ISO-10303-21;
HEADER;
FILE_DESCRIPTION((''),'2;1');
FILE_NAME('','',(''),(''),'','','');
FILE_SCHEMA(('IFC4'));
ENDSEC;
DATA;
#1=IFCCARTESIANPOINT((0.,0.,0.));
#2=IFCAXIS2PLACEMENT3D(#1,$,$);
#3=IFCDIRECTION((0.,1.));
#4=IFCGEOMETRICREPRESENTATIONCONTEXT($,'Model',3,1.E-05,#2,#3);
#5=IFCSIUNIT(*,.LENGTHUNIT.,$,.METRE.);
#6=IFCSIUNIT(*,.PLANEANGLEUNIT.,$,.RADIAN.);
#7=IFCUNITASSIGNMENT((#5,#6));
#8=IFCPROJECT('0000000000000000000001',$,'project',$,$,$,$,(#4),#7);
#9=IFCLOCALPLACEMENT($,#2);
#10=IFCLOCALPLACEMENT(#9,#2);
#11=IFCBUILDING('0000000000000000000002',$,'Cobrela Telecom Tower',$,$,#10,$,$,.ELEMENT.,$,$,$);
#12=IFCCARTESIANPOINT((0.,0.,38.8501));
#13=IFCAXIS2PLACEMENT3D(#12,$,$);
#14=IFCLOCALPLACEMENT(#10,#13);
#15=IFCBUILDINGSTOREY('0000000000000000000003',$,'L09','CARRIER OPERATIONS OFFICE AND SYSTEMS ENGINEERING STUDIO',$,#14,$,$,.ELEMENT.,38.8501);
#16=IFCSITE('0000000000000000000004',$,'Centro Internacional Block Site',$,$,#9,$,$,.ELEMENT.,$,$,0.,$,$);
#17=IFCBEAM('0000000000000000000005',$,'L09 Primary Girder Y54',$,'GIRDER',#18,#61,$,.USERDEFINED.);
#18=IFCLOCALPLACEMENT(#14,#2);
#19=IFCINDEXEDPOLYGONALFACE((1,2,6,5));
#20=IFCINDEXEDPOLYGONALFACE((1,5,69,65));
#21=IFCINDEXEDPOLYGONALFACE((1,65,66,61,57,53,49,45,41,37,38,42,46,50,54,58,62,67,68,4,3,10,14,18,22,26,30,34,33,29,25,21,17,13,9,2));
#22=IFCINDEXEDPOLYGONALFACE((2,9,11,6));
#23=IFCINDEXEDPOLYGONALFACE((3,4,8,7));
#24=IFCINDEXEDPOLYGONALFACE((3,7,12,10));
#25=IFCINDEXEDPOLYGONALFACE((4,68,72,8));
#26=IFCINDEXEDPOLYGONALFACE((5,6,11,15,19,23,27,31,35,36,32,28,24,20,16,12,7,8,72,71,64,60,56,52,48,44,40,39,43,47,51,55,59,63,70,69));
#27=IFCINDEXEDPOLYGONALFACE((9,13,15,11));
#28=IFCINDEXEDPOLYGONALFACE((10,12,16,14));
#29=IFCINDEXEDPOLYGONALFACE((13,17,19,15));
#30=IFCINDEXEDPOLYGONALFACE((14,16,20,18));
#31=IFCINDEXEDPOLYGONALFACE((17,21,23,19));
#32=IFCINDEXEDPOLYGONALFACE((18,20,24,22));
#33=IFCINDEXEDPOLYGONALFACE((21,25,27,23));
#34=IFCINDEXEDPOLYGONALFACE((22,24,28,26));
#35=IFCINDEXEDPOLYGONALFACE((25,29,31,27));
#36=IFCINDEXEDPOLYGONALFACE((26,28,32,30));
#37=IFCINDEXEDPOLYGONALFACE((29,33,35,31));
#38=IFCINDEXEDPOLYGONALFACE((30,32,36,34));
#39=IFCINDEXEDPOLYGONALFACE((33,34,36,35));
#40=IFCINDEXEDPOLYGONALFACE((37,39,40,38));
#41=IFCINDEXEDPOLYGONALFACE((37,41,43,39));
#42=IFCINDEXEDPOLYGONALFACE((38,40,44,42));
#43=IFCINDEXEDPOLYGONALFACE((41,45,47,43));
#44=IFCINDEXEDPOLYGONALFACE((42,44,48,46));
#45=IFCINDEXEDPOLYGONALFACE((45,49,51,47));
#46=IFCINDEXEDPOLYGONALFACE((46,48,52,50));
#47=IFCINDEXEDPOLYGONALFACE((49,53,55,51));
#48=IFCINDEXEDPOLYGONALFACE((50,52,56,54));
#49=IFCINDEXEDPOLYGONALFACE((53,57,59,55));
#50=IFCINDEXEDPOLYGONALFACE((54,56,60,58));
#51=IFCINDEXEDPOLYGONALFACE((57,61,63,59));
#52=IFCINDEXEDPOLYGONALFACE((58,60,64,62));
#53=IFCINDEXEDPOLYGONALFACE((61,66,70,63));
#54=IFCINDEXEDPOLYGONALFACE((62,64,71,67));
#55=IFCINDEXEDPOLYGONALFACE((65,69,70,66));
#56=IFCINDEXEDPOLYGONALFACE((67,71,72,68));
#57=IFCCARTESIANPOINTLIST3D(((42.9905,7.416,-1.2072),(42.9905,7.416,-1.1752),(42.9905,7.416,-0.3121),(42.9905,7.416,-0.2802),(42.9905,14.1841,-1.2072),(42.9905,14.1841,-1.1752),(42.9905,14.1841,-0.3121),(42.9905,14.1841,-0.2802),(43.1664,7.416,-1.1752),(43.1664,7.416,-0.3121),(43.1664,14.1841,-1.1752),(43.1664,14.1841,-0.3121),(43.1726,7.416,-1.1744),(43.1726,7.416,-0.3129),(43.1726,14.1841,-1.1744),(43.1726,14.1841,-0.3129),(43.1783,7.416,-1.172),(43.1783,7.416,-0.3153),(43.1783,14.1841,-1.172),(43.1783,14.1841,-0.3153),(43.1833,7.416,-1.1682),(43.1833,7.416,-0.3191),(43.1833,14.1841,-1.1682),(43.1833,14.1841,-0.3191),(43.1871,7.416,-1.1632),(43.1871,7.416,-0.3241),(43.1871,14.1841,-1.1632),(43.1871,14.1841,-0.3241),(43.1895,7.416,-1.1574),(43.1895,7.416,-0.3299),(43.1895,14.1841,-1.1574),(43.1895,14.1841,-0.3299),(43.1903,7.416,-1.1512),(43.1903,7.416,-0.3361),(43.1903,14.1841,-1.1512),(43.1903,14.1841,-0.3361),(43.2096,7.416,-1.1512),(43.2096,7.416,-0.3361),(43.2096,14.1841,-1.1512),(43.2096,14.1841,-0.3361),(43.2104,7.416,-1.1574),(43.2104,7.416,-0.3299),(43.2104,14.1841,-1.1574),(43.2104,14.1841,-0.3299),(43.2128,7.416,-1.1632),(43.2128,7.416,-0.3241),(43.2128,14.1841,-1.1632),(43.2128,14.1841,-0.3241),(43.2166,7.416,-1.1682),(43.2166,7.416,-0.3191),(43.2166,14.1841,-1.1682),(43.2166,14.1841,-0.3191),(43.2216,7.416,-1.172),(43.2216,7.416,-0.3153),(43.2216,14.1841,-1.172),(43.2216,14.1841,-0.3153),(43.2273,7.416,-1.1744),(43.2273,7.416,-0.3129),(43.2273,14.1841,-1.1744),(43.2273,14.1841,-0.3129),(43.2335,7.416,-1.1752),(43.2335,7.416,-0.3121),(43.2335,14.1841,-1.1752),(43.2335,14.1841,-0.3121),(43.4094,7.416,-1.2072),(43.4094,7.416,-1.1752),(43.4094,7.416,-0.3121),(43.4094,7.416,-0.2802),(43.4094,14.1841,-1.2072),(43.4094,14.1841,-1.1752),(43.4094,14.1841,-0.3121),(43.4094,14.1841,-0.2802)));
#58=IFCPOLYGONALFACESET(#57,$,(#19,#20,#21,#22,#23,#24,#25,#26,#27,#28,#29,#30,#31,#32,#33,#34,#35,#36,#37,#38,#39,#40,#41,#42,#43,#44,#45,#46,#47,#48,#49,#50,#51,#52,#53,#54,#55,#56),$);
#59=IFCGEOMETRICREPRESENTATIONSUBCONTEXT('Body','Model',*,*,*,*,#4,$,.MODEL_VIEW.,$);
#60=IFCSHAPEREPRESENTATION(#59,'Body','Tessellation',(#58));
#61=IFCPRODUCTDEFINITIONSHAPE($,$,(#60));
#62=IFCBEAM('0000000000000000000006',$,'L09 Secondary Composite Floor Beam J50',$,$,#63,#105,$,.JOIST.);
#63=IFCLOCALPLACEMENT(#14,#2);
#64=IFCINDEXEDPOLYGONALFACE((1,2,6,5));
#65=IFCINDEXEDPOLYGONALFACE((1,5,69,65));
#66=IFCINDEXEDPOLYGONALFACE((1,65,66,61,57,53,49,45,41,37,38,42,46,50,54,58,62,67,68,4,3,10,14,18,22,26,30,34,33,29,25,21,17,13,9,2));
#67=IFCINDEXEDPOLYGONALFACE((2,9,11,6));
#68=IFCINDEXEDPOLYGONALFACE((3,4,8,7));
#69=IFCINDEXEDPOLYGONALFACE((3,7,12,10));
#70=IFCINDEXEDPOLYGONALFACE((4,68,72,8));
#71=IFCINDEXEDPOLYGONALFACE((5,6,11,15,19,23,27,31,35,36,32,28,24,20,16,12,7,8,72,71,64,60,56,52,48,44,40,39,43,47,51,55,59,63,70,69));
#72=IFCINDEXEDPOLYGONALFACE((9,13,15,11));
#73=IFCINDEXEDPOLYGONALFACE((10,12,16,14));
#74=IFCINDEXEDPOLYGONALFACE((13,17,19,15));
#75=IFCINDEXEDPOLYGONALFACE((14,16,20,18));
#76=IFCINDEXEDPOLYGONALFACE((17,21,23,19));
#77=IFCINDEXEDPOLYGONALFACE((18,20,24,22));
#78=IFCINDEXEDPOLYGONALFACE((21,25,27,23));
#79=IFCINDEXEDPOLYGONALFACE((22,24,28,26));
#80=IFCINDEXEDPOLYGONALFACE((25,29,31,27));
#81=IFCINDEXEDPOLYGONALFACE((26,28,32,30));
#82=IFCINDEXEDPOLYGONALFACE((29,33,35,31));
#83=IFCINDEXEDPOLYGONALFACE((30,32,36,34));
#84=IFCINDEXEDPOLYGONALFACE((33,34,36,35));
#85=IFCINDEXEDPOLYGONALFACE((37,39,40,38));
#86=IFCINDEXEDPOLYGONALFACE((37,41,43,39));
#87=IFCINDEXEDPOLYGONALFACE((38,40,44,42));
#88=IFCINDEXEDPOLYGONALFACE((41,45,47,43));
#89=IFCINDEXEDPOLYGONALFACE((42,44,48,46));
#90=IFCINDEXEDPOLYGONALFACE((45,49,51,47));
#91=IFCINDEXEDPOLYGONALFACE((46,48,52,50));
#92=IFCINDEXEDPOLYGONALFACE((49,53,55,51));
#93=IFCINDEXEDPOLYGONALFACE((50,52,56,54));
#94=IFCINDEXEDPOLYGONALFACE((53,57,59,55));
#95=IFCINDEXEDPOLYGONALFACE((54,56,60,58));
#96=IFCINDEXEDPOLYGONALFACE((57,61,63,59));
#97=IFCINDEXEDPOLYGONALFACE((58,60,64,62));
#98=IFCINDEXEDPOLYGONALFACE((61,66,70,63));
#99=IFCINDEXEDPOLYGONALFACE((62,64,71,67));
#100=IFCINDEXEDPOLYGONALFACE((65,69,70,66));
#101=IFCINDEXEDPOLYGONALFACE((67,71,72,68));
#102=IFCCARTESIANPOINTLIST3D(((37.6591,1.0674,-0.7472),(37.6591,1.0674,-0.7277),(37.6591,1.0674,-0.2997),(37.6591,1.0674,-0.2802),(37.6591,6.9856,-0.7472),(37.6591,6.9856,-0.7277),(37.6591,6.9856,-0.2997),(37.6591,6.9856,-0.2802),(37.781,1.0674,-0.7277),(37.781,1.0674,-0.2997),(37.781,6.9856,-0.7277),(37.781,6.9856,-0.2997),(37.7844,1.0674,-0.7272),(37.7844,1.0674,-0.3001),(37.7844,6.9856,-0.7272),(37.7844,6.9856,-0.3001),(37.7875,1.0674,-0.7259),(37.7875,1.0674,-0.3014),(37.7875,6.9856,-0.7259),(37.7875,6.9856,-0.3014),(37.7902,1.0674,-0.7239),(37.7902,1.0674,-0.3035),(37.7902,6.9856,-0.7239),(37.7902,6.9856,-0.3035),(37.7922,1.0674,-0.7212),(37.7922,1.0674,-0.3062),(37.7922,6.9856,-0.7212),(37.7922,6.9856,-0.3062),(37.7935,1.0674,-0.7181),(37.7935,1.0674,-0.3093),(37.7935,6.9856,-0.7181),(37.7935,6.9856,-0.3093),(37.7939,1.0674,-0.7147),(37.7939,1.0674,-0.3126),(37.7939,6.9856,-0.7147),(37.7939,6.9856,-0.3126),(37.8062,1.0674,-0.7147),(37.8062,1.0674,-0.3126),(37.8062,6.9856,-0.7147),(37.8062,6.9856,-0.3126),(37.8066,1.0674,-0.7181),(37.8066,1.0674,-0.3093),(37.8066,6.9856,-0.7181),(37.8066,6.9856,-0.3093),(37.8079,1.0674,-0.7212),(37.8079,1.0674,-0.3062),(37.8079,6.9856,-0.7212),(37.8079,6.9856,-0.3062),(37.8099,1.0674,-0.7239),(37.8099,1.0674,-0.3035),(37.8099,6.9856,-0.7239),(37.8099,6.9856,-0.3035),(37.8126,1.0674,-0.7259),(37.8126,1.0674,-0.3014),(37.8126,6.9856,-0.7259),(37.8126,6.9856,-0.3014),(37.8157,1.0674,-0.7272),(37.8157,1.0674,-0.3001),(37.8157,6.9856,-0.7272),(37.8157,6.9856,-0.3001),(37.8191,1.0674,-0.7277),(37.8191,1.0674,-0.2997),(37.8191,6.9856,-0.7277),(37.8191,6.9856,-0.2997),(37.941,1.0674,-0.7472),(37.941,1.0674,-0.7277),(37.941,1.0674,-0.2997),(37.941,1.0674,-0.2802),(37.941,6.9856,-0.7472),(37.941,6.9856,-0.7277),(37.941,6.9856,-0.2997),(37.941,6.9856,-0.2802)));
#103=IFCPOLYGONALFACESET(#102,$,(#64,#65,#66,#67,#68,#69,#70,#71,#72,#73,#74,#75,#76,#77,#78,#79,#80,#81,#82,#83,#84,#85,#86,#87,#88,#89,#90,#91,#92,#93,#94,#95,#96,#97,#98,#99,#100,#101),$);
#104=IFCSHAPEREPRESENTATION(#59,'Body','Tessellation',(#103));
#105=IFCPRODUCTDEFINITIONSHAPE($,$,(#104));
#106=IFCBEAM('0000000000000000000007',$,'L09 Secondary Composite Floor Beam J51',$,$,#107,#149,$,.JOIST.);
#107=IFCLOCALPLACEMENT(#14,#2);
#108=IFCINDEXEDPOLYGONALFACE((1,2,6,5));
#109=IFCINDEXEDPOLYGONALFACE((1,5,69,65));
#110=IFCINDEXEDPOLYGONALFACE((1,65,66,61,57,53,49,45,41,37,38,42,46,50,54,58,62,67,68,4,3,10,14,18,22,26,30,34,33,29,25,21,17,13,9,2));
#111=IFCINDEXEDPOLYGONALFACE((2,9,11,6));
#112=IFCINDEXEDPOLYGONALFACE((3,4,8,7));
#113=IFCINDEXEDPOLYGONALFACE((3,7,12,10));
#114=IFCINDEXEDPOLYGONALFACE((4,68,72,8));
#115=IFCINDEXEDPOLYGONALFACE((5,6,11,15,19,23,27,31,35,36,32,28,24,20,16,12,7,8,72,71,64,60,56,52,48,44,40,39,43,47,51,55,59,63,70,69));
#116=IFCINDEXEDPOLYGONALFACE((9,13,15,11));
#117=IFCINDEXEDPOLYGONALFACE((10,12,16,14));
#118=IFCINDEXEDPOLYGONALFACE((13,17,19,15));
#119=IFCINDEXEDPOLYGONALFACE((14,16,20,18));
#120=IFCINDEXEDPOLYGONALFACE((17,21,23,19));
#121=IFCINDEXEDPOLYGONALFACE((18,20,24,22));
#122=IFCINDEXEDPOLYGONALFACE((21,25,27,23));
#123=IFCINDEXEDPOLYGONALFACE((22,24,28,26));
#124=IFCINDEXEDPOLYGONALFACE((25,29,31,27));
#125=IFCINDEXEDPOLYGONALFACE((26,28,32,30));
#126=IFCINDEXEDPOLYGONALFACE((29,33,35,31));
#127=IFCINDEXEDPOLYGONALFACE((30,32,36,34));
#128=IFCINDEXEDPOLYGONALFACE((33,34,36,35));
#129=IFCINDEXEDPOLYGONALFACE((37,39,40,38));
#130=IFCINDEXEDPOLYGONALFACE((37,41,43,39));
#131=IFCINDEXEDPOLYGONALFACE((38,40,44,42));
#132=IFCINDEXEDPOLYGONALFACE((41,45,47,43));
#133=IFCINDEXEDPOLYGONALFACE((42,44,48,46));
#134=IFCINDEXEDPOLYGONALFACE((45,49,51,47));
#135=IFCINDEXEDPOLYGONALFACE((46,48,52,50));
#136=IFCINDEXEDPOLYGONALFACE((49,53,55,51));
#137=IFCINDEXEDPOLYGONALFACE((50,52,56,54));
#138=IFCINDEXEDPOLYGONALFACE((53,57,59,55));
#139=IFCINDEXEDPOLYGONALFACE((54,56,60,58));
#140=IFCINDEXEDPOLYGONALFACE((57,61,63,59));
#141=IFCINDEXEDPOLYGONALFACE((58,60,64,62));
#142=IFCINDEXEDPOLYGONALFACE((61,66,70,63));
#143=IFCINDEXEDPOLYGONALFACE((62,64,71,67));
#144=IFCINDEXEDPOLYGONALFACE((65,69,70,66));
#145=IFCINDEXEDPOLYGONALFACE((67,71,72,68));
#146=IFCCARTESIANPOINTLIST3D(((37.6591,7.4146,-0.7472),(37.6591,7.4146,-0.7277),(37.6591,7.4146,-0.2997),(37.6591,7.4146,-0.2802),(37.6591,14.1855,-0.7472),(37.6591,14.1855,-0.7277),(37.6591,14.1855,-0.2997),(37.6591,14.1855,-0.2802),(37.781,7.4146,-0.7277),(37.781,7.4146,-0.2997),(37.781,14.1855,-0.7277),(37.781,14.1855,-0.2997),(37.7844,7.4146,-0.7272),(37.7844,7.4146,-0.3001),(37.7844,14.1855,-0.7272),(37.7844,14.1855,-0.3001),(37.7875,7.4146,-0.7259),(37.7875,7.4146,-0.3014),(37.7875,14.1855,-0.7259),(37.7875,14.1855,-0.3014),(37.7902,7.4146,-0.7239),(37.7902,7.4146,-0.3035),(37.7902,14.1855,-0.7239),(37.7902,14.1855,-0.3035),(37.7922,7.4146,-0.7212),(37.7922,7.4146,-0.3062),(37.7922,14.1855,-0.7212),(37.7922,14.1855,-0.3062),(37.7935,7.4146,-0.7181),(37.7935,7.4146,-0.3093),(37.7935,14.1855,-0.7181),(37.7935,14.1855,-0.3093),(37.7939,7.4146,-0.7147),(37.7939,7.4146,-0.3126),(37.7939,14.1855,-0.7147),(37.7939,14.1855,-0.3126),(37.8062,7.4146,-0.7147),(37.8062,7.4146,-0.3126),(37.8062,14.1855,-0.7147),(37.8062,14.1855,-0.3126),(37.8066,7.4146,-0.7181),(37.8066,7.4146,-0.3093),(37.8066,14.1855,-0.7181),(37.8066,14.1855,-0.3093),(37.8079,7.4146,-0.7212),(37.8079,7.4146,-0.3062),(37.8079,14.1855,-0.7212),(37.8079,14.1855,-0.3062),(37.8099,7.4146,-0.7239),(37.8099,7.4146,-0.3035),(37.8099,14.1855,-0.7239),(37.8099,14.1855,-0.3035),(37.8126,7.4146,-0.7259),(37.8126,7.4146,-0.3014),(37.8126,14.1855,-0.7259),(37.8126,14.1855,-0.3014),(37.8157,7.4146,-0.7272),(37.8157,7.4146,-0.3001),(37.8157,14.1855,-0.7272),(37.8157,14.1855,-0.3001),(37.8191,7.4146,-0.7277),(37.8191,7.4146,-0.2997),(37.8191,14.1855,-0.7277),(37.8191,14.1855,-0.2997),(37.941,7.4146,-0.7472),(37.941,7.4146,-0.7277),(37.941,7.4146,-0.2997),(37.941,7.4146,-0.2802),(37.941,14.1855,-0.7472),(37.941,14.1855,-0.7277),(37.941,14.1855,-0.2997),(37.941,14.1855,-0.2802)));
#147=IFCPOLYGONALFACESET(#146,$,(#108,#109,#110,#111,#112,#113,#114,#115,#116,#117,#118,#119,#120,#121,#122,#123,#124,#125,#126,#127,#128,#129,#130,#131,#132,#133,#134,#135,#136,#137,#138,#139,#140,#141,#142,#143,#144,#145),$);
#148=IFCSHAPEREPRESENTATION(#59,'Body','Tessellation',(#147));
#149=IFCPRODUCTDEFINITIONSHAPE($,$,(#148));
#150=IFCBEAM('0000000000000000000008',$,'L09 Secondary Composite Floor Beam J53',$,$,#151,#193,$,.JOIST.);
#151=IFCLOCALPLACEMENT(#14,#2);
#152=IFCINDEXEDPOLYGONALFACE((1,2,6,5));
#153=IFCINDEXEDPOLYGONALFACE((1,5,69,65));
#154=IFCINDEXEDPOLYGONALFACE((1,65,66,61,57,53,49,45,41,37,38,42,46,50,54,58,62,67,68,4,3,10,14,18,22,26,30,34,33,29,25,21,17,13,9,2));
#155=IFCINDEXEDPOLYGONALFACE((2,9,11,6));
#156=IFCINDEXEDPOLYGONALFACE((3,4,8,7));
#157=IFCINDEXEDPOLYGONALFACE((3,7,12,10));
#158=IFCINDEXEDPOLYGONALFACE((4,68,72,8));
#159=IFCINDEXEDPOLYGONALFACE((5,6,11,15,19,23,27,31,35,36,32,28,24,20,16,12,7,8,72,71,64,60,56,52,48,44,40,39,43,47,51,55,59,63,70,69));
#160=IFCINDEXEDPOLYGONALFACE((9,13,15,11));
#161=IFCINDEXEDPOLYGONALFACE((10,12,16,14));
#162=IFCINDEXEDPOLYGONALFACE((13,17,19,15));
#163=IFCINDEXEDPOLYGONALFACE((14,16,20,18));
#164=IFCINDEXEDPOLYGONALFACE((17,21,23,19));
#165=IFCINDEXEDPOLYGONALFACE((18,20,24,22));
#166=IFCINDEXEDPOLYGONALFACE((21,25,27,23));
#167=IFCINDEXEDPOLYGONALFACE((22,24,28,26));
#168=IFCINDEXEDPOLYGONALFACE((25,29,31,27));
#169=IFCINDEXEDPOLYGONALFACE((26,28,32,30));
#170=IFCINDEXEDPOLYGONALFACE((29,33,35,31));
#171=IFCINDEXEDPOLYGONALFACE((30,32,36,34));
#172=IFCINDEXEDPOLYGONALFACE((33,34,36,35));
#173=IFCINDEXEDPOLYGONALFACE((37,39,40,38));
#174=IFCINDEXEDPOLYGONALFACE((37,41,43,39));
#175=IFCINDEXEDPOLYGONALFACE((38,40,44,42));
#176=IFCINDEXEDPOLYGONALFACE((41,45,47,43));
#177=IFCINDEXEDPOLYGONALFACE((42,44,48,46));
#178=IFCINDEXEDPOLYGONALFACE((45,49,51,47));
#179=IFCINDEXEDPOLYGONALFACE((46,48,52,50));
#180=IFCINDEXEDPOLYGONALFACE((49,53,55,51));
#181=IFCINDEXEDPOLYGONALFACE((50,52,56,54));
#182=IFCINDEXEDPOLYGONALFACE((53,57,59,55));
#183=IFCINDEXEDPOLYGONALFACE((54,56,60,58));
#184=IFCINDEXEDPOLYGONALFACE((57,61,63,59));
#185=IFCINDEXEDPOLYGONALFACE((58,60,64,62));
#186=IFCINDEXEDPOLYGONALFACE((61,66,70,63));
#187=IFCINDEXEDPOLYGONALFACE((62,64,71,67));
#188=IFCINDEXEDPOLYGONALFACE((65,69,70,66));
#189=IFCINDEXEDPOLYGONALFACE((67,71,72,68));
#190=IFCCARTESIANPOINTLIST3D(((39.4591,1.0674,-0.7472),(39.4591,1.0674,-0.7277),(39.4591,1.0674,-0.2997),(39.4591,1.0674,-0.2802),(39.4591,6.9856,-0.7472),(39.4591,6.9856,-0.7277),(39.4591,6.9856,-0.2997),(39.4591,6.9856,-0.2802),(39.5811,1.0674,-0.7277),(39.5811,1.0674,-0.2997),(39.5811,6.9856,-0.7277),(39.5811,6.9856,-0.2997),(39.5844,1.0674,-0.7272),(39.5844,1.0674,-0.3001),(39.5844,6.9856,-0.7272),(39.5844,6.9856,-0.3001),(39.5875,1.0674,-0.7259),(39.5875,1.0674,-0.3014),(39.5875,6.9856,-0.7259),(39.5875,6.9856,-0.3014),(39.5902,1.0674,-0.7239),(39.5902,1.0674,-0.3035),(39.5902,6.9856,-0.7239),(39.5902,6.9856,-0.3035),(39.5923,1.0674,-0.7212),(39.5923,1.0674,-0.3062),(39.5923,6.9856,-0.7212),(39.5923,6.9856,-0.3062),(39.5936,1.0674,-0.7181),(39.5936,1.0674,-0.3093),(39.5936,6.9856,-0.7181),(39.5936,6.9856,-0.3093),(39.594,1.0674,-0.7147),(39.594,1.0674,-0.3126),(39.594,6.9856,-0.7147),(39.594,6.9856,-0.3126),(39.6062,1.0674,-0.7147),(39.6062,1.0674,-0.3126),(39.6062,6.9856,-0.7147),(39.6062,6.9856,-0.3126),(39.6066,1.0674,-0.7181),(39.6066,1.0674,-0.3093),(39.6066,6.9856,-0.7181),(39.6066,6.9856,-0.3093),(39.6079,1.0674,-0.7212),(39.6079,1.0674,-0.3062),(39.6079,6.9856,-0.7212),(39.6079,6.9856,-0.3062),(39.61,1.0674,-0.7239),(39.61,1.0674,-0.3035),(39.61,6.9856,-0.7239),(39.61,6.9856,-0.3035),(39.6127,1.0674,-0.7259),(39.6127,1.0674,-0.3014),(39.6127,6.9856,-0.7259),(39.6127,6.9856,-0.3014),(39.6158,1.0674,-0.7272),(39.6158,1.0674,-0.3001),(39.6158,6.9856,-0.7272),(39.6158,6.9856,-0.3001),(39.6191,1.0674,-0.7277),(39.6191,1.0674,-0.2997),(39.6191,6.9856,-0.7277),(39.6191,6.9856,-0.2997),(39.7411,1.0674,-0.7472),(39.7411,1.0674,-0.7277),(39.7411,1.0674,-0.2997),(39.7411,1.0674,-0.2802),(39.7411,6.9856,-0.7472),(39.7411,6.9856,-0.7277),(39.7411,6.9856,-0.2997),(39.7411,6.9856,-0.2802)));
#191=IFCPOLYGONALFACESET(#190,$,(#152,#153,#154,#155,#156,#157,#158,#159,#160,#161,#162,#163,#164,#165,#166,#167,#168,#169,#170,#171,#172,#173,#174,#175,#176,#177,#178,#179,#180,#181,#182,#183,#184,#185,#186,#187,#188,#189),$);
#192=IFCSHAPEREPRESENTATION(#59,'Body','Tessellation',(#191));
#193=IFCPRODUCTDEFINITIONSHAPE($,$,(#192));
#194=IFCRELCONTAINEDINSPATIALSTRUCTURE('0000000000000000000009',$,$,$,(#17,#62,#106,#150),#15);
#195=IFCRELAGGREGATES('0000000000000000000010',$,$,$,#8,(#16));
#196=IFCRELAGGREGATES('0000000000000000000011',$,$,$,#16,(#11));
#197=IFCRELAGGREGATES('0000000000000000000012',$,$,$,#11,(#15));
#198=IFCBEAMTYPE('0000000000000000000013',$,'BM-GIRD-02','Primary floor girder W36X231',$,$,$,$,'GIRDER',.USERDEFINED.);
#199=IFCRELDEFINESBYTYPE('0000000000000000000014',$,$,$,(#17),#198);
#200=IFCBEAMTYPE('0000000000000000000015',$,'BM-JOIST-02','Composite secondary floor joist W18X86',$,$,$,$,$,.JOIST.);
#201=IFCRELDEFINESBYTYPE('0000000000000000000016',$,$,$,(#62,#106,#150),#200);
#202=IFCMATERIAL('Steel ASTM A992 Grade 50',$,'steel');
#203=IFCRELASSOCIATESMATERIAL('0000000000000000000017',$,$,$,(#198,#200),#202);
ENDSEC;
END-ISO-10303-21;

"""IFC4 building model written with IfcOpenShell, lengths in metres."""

from ifc_helpers import new_model, si_unit, direction, frame, origin, origin_2d, place, context, subcontext, project, spatial, i_section, extrude, material, material_profile, profile_set, type_object, element, save


model = new_model("IFC4")

# Units and contexts
model_context = context("Model", 3, precision=1e-05, world=origin(), true_north=direction((0.0, 1.0)))
body_context = subcontext(model_context, "Body", "Model", "MODEL_VIEW")
ifc_project = project(units=[si_unit("LENGTHUNIT", "METRE"), si_unit("PLANEANGLEUNIT", "RADIAN")], contexts=[model_context])

# Site, building, storey
site_placement = place(None, origin())
site = spatial("IfcSite", under=ifc_project, at=site_placement, Name="Centro Internacional Block Site", CompositionType="ELEMENT", RefElevation=0.0)
building_placement = place(site_placement, origin())
building = spatial("IfcBuilding", under=site, at=building_placement, Name="Cobrela Telecom Tower", CompositionType="ELEMENT")
storey_placement = place(building_placement, frame((0.0, 0.0, 38.8501)))
storey = spatial("IfcBuildingStorey", under=building, at=storey_placement, Name="L09", Description="CARRIER OPERATIONS OFFICE AND SYSTEMS ENGINEERING STUDIO", CompositionType="ELEMENT", Elevation=38.8501)

# Shared definitions
ifc_material_1 = material(Name="Steel ASTM A992 Grade 50", Category="steel")

# Beams
ifc_material_profile_1 = material_profile(ifc_material_1, i_section(OverallWidth=0.4189, OverallDepth=0.927, WebThickness=0.0193, FlangeThickness=0.032, FilletRadius=0.0239, at=origin_2d()), Name="W36X231")
ifc_profile_set_1 = profile_set([ifc_material_profile_1], Name="Steel ASTM A992 Grade 50")
beam_type_1 = type_object("IfcBeamType", Name="BM-GIRD-02", Description="Primary floor girder W36X231", ElementType="GIRDER", PredefinedType="USERDEFINED", material=ifc_profile_set_1)
beam_1_placement = place(storey_placement, frame((43.2, 7.416, -0.7437), z_axis=(0.0, 1.0, 0.0), x_axis=(-1.0, 0.0, 0.0)))
element("IfcBeam", 1, at=beam_1_placement, inside=storey, type_object=beam_type_1, Name="L09 Primary Girder Y54", ObjectType="GIRDER", PredefinedType="USERDEFINED", context=body_context, shape_type="SweptSolid", body=[
    extrude(i_section(OverallWidth=0.4189, OverallDepth=0.927, WebThickness=0.0193, FlangeThickness=0.032, FilletRadius=0.0239, at=origin_2d()), origin(), (0.0, 0.0, 1.0), 6.7681),
])
ifc_material_profile_2 = material_profile(ifc_material_1, i_section(OverallWidth=0.282, OverallDepth=0.467, WebThickness=0.0122, FlangeThickness=0.0195, FilletRadius=0.0129, at=origin_2d()), Name="W18X86")
ifc_profile_set_2 = profile_set([ifc_material_profile_2], Name="Steel ASTM A992 Grade 50")
beam_type_2 = type_object("IfcBeamType", Name="BM-JOIST-02", Description="Composite secondary floor joist W18X86", PredefinedType="JOIST", material=ifc_profile_set_2)
beam_2_placement = place(storey_placement, frame((37.8, 1.0674, -0.5137), z_axis=(0.0, 1.0, 0.0), x_axis=(-1.0, 0.0, 0.0)))
element("IfcBeam", 2, at=beam_2_placement, inside=storey, type_object=beam_type_2, Name="L09 Secondary Composite Floor Beam J50", PredefinedType="JOIST", context=body_context, shape_type="SweptSolid", body=[
    extrude(i_section(OverallWidth=0.282, OverallDepth=0.467, WebThickness=0.0122, FlangeThickness=0.0195, FilletRadius=0.0129, at=origin_2d()), origin(), (0.0, 0.0, 1.0), 5.9182),
])
beam_3_placement = place(storey_placement, frame((37.8, 7.4146, -0.5137), z_axis=(0.0, 1.0, 0.0), x_axis=(-1.0, 0.0, 0.0)))
element("IfcBeam", 3, at=beam_3_placement, inside=storey, type_object=beam_type_2, Name="L09 Secondary Composite Floor Beam J51", PredefinedType="JOIST", context=body_context, shape_type="SweptSolid", body=[
    extrude(i_section(OverallWidth=0.282, OverallDepth=0.467, WebThickness=0.0122, FlangeThickness=0.0195, FilletRadius=0.0129, at=origin_2d()), origin(), (0.0, 0.0, 1.0), 6.771),
])
beam_4_placement = place(storey_placement, frame((39.6001, 1.0674, -0.5137), z_axis=(0.0, 1.0, 0.0), x_axis=(-1.0, 0.0, 0.0)))
element("IfcBeam", 4, at=beam_4_placement, inside=storey, type_object=beam_type_2, Name="L09 Secondary Composite Floor Beam J53", PredefinedType="JOIST", context=body_context, shape_type="SweptSolid", body=[
    extrude(i_section(OverallWidth=0.282, OverallDepth=0.467, WebThickness=0.0122, FlangeThickness=0.0195, FilletRadius=0.0129, at=origin_2d()), origin(), (0.0, 0.0, 1.0), 5.9182),
])

save(model, "model.ifc")
